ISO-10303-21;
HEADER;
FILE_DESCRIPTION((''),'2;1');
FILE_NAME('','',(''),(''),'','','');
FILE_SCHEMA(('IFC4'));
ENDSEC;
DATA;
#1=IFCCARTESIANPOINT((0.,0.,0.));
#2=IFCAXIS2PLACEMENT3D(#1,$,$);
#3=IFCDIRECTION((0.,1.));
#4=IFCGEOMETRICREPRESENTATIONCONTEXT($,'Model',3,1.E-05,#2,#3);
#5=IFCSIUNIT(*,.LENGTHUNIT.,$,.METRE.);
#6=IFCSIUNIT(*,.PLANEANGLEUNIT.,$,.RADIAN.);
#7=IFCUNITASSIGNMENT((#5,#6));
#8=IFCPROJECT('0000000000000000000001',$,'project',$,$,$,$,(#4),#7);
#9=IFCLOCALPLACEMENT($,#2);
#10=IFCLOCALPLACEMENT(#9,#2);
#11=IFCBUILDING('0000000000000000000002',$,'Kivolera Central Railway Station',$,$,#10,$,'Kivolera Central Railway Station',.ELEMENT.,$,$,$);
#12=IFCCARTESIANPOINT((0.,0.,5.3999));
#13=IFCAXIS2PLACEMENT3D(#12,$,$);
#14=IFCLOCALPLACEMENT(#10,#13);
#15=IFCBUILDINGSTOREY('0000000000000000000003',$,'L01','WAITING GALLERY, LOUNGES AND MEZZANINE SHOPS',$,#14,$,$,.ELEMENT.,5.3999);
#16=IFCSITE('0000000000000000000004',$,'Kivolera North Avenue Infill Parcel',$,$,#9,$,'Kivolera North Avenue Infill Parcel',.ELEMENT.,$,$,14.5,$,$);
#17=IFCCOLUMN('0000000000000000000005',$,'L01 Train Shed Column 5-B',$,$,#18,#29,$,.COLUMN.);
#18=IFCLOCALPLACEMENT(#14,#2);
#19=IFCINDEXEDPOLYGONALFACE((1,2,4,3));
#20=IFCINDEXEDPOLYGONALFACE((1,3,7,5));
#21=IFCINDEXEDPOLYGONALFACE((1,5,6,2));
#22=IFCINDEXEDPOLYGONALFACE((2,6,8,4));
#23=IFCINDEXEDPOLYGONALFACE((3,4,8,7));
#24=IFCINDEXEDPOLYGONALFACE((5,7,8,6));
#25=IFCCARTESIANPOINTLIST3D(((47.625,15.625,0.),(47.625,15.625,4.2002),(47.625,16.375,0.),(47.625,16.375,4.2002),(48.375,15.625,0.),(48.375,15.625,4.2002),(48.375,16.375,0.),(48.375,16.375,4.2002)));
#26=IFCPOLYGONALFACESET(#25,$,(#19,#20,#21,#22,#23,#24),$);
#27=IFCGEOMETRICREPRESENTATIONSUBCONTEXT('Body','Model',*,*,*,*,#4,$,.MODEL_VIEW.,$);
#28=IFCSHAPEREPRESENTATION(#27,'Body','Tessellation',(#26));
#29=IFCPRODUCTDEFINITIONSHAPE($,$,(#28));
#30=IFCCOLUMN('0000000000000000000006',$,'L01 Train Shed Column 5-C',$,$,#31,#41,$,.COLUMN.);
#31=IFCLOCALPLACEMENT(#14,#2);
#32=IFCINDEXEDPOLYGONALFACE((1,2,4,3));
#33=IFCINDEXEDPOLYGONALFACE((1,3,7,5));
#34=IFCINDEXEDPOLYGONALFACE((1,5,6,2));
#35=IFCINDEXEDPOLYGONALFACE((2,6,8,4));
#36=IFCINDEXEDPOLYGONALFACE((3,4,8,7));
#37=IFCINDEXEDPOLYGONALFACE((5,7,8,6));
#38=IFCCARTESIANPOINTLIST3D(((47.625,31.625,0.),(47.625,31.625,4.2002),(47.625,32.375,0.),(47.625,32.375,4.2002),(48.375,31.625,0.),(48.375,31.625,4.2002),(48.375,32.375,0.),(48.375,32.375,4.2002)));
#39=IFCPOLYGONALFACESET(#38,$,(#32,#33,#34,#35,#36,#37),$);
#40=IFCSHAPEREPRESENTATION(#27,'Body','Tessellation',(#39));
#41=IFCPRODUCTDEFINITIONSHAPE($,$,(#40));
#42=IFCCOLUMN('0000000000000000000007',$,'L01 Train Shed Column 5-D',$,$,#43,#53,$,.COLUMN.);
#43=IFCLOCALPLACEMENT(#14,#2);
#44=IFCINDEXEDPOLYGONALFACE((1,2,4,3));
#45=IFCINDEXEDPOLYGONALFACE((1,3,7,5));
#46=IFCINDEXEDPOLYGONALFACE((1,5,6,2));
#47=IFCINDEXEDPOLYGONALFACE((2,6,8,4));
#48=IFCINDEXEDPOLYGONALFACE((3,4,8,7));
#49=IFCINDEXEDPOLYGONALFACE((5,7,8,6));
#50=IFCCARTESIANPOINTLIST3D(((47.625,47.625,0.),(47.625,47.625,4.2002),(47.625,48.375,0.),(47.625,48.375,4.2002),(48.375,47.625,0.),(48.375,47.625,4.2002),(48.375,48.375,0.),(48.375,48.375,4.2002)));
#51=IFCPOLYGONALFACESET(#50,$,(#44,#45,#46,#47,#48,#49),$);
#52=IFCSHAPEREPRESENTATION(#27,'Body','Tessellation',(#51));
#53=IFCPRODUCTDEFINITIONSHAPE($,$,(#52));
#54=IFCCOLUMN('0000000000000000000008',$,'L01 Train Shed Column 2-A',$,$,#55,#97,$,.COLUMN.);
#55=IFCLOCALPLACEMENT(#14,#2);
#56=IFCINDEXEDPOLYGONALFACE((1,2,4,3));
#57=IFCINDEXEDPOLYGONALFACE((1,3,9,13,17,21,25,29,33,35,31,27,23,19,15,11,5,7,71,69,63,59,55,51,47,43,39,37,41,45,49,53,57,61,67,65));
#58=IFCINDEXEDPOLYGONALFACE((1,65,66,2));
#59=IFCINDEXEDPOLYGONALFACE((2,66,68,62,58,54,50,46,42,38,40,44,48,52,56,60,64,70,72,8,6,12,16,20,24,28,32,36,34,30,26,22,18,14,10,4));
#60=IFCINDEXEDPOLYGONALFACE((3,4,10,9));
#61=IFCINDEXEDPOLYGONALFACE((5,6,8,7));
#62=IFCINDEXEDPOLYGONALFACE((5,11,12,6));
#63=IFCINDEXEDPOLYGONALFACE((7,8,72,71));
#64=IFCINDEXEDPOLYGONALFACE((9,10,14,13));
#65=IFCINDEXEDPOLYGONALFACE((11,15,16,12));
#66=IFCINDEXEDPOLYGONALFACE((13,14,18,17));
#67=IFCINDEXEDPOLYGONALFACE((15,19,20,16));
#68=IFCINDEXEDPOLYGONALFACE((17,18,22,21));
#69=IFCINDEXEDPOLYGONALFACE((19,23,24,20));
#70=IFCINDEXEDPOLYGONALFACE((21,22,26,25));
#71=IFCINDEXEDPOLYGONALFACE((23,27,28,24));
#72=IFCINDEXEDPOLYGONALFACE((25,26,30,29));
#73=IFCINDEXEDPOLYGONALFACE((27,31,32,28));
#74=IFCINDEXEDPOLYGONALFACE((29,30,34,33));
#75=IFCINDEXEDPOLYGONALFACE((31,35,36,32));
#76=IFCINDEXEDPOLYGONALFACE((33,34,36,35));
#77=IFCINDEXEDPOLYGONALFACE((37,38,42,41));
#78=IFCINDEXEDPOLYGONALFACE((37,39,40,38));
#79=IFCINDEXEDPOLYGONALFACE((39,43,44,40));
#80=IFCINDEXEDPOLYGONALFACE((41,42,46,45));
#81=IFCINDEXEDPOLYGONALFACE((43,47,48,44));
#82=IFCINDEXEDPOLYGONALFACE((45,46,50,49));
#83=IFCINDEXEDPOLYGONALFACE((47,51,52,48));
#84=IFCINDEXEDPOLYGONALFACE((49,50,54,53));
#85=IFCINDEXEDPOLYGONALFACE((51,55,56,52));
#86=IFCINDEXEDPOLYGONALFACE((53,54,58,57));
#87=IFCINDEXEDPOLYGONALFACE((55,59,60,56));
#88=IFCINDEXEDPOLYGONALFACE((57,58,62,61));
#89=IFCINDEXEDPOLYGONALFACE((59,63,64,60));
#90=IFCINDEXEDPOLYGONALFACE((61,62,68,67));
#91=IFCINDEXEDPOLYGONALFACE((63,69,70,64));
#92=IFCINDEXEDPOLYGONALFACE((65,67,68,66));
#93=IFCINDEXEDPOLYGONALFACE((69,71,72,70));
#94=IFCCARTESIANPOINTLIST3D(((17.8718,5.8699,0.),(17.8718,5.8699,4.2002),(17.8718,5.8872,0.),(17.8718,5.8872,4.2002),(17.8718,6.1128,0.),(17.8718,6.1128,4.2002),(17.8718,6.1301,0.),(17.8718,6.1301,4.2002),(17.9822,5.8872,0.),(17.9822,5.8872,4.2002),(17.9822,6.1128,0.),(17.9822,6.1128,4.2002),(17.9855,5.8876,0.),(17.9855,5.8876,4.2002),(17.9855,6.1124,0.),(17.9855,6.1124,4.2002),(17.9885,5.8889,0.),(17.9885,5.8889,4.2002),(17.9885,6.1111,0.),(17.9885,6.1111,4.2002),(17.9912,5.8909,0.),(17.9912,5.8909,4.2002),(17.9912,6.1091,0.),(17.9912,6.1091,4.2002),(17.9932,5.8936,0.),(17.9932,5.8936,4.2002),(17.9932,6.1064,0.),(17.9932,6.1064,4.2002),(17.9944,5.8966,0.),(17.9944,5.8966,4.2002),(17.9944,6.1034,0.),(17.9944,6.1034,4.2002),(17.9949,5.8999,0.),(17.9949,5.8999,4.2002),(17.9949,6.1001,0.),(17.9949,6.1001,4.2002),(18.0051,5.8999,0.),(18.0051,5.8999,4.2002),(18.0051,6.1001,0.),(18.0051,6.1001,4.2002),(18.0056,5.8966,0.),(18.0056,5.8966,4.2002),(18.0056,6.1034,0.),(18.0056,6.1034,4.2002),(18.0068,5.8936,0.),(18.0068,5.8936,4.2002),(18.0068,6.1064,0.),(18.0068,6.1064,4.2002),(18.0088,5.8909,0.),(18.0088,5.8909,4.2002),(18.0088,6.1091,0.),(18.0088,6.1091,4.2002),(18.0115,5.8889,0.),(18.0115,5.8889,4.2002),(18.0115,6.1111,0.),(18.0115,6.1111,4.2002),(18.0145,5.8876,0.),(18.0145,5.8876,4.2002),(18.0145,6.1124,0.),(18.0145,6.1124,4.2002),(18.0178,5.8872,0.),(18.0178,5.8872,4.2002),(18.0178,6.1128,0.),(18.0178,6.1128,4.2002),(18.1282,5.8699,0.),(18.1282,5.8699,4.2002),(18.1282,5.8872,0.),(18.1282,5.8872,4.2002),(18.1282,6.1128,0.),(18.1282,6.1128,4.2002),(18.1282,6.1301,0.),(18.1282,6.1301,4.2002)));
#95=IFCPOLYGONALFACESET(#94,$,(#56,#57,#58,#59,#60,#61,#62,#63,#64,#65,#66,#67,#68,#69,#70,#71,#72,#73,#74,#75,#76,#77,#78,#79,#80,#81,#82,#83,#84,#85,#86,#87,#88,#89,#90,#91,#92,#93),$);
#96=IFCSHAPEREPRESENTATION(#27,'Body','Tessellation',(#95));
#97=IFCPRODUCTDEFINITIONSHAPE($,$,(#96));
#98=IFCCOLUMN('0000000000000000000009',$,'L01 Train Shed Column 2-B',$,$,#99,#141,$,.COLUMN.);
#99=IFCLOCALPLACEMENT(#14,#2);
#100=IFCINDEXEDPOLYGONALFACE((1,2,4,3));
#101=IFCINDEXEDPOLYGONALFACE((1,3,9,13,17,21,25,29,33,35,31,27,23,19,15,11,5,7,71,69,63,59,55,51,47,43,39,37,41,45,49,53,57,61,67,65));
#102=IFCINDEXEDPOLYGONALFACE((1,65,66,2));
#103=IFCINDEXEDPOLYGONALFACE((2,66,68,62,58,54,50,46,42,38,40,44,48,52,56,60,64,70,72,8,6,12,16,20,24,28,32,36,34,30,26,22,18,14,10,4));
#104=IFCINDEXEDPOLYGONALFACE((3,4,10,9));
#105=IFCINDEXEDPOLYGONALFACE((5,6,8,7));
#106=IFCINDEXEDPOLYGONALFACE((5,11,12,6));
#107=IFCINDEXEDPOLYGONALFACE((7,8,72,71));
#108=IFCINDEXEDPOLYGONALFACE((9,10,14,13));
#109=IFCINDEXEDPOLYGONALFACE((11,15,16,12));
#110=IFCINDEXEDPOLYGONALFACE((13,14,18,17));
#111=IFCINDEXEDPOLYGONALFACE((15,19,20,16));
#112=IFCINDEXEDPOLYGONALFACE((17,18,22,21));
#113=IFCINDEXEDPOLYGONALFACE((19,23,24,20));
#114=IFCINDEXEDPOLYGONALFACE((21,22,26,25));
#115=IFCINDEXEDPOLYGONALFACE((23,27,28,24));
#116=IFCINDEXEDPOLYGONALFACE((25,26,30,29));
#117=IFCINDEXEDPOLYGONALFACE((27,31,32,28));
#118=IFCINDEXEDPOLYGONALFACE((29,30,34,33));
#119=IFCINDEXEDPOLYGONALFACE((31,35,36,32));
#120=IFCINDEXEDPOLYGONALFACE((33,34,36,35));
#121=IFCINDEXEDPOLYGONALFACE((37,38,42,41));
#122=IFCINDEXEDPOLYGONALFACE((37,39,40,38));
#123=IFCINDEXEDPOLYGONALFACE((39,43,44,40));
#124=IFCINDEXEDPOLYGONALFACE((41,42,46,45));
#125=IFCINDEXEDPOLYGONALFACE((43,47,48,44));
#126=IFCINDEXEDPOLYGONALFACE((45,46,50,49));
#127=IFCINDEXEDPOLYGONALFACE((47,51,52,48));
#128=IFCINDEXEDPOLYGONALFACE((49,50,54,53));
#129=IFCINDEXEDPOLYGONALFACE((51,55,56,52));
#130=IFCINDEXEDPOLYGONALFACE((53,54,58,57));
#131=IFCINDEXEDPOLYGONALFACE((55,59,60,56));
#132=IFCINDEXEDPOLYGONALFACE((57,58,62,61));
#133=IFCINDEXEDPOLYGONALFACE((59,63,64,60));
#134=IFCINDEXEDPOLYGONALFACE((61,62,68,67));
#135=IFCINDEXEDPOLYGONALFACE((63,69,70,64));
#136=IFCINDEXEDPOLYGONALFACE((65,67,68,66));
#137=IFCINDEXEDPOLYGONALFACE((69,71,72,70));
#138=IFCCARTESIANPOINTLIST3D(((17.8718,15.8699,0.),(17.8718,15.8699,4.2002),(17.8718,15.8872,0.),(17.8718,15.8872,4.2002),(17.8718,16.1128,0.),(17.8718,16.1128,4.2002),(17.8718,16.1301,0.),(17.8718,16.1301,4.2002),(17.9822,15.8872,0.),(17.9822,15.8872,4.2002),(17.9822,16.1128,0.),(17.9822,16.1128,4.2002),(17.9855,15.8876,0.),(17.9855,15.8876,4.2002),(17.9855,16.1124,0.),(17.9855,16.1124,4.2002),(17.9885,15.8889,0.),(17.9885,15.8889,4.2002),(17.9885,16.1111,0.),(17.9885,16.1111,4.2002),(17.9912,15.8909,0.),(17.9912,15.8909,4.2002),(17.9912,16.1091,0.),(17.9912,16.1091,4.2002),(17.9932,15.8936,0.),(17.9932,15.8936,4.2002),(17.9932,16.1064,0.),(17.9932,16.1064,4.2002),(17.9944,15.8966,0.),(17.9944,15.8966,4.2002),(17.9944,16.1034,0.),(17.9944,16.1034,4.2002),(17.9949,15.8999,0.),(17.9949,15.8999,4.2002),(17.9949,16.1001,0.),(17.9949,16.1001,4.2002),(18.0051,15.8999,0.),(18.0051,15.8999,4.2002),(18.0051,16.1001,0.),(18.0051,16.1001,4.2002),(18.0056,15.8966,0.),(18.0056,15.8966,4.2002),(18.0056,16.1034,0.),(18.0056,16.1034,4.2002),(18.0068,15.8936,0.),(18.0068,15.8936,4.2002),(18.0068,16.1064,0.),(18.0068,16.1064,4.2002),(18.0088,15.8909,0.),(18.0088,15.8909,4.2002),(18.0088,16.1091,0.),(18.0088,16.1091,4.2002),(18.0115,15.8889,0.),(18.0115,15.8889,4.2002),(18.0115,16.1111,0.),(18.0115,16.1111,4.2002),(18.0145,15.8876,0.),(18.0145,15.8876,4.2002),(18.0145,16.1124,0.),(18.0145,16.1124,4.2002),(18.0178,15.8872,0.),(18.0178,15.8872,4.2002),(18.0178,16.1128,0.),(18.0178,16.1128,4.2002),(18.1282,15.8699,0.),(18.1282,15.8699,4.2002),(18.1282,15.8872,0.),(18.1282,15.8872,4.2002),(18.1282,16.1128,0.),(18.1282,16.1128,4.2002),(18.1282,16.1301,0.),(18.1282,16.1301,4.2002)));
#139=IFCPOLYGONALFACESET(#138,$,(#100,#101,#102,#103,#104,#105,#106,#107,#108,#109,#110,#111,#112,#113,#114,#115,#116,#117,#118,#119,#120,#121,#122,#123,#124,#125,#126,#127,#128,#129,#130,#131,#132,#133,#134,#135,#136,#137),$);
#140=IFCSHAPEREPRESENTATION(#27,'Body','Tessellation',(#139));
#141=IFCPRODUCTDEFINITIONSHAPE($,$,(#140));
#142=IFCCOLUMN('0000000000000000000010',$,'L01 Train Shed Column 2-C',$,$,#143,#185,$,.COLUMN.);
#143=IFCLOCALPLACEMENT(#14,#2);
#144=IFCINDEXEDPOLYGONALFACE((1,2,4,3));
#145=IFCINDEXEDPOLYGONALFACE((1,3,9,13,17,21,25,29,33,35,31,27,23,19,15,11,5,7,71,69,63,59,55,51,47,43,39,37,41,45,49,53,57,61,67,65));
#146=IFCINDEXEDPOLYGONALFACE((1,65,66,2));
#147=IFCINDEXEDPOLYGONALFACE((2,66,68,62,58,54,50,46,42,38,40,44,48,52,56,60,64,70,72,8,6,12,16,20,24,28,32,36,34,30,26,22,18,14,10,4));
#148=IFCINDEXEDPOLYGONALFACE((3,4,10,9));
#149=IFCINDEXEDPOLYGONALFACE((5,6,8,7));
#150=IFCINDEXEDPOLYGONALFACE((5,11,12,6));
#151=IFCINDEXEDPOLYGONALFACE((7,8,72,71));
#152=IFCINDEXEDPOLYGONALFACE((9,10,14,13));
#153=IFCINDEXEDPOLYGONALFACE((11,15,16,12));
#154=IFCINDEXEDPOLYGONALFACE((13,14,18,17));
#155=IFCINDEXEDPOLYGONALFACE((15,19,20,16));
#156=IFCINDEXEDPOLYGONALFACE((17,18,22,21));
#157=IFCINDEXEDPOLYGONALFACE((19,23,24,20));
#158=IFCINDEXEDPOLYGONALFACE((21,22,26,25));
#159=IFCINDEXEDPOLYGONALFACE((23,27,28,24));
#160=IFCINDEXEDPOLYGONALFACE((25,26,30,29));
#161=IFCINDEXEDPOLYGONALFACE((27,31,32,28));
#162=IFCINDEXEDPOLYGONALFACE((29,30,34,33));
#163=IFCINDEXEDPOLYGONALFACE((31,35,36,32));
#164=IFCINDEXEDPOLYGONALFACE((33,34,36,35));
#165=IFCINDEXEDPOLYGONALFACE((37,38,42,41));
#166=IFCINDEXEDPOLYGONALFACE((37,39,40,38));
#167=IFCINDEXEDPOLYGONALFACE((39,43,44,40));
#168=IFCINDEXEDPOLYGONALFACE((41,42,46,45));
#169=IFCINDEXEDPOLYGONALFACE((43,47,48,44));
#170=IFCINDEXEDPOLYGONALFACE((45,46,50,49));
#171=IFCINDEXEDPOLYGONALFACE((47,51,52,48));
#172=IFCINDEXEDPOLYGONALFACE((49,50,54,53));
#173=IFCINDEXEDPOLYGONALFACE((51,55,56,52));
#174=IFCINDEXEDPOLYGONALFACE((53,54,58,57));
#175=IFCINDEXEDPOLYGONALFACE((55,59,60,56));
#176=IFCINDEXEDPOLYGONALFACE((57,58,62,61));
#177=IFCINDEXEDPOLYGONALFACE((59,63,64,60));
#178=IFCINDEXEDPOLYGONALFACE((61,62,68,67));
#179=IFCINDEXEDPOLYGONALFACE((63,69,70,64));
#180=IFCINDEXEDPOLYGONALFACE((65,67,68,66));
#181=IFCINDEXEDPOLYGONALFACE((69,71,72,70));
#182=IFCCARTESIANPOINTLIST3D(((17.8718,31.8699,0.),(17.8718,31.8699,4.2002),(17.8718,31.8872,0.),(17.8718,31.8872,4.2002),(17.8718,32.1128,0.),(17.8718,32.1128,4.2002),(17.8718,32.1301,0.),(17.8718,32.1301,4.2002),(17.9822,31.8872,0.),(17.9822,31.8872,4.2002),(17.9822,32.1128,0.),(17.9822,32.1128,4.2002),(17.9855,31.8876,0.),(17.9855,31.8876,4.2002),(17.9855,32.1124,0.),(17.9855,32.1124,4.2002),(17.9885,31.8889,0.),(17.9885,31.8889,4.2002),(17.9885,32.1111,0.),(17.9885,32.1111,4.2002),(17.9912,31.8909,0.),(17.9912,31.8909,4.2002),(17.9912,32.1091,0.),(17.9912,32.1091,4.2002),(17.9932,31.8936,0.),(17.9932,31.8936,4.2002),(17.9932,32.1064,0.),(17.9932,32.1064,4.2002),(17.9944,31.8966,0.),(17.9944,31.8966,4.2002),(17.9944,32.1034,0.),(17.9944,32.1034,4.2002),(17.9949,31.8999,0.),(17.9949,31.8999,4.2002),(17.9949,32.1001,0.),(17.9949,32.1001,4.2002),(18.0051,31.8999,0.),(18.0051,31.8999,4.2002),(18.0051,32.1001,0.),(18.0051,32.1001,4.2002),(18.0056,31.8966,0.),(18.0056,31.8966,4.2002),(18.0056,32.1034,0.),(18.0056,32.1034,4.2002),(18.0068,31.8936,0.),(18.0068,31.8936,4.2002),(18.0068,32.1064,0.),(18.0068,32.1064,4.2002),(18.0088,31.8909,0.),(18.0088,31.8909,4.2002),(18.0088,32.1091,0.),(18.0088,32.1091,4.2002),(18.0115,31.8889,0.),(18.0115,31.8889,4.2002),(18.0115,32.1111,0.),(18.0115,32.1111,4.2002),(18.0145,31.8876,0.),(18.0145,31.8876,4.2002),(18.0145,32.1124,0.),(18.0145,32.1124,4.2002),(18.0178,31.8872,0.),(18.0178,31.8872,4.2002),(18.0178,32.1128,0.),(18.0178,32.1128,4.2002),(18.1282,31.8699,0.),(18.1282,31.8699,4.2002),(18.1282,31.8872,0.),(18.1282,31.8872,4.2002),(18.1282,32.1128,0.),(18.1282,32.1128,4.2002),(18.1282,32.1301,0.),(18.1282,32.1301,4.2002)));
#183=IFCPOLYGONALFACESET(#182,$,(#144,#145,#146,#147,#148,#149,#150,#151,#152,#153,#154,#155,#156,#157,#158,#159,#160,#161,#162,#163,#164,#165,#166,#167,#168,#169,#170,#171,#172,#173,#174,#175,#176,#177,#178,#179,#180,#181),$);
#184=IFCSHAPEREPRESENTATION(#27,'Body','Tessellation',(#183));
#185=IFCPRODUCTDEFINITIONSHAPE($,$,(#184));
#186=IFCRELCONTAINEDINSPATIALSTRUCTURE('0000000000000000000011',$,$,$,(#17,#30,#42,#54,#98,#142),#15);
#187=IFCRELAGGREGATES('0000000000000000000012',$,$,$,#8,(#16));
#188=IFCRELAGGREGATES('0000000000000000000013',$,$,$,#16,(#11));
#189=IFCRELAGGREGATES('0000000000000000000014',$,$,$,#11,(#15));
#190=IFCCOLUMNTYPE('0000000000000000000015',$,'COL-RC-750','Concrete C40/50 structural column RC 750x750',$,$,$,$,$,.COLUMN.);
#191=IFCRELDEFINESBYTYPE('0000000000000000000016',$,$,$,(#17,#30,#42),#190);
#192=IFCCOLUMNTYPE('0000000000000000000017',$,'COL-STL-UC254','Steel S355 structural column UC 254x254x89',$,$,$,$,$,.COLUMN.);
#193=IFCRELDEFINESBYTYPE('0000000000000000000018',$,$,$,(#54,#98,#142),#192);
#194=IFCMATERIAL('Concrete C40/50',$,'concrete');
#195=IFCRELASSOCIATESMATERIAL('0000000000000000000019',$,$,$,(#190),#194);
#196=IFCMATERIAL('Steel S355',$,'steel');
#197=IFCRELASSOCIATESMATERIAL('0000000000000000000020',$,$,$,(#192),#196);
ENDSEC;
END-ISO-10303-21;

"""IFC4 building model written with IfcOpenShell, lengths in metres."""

from ifc_helpers import new_model, si_unit, direction, frame, origin, origin_2d, place, context, subcontext, project, spatial, rectangle, i_section, extrude, material, material_profile, profile_set, type_object, element, save


model = new_model("IFC4")

# Units and contexts
model_context = context("Model", 3, precision=1e-05, world=origin(), true_north=direction((0.0, 1.0)))
body_context = subcontext(model_context, "Body", "Model", "MODEL_VIEW")
ifc_project = project(units=[si_unit("LENGTHUNIT", "METRE"), si_unit("PLANEANGLEUNIT", "RADIAN")], contexts=[model_context])

# Site, building, storey
site_placement = place(None, origin())
site = spatial("IfcSite", under=ifc_project, at=site_placement, Name="Kivolera North Avenue Infill Parcel", LongName="Kivolera North Avenue Infill Parcel", CompositionType="ELEMENT", RefElevation=14.5)
building_placement = place(site_placement, origin())
building = spatial("IfcBuilding", under=site, at=building_placement, Name="Kivolera Central Railway Station", LongName="Kivolera Central Railway Station", CompositionType="ELEMENT")
storey_placement = place(building_placement, frame((0.0, 0.0, 5.3999)))
storey = spatial("IfcBuildingStorey", under=building, at=storey_placement, Name="L01", Description="WAITING GALLERY, LOUNGES AND MEZZANINE SHOPS", CompositionType="ELEMENT", Elevation=5.3999)

# Columns
ifc_material_1 = material(Name="Concrete C40/50", Category="concrete")
ifc_material_profile_1 = material_profile(ifc_material_1, rectangle(XDim=0.75, YDim=0.75, at=origin_2d()), Name="RC 750x750")
ifc_profile_set_1 = profile_set([ifc_material_profile_1], Name="Concrete C40/50")
column_type_1 = type_object("IfcColumnType", Name="COL-RC-750", Description="Concrete C40/50 structural column RC 750x750", PredefinedType="COLUMN", material=ifc_profile_set_1)
for number, where, z_axis, x_axis, name in (
    (1, (48.0, 16.0, 0.0), (0.0, 0.0, 1.0), (1.0, 0.0, 0.0), "L01 Train Shed Column 5-B"),
    (2, (48.0, 32.0, 0.0), (0.0, 0.0, 1.0), (1.0, 0.0, 0.0), "L01 Train Shed Column 5-C"),
    (3, (48.0, 48.0, 0.0), (0.0, 0.0, 1.0), (1.0, 0.0, 0.0), "L01 Train Shed Column 5-D"),
):
    element("IfcColumn", number, at=place(storey_placement, frame(where, z_axis=z_axis, x_axis=x_axis)), inside=storey, type_object=column_type_1, Name=name, PredefinedType="COLUMN", context=body_context, shape_type="SweptSolid", body=[
        extrude(rectangle(XDim=0.75, YDim=0.75, at=origin_2d()), origin(), (0.0, 0.0, 1.0), 4.2002),
    ])
ifc_material_2 = material(Name="Steel S355", Category="steel")
ifc_material_profile_2 = material_profile(ifc_material_2, i_section(OverallWidth=0.2563, OverallDepth=0.2603, WebThickness=0.0103, FlangeThickness=0.0173, FilletRadius=0.0127, at=origin_2d()), Name="UC 254x254x89")
ifc_profile_set_2 = profile_set([ifc_material_profile_2], Name="Steel S355")
column_type_2 = type_object("IfcColumnType", Name="COL-STL-UC254", Description="Steel S355 structural column UC 254x254x89", PredefinedType="COLUMN", material=ifc_profile_set_2)
for number, where, z_axis, x_axis, name in (
    (4, (18.0, 6.0, 0.0), (0.0, 0.0, 1.0), (1.0, 0.0, 0.0), "L01 Train Shed Column 2-A"),
    (5, (18.0, 16.0, 0.0), (0.0, 0.0, 1.0), (1.0, 0.0, 0.0), "L01 Train Shed Column 2-B"),
    (6, (18.0, 32.0, 0.0), (0.0, 0.0, 1.0), (1.0, 0.0, 0.0), "L01 Train Shed Column 2-C"),
):
    element("IfcColumn", number, at=place(storey_placement, frame(where, z_axis=z_axis, x_axis=x_axis)), inside=storey, type_object=column_type_2, Name=name, PredefinedType="COLUMN", context=body_context, shape_type="SweptSolid", body=[
        extrude(i_section(OverallWidth=0.2563, OverallDepth=0.2603, WebThickness=0.0103, FlangeThickness=0.0173, FilletRadius=0.0127, at=origin_2d()), origin(), (0.0, 0.0, 1.0), 4.2002),
    ])

save(model, "model.ifc")
